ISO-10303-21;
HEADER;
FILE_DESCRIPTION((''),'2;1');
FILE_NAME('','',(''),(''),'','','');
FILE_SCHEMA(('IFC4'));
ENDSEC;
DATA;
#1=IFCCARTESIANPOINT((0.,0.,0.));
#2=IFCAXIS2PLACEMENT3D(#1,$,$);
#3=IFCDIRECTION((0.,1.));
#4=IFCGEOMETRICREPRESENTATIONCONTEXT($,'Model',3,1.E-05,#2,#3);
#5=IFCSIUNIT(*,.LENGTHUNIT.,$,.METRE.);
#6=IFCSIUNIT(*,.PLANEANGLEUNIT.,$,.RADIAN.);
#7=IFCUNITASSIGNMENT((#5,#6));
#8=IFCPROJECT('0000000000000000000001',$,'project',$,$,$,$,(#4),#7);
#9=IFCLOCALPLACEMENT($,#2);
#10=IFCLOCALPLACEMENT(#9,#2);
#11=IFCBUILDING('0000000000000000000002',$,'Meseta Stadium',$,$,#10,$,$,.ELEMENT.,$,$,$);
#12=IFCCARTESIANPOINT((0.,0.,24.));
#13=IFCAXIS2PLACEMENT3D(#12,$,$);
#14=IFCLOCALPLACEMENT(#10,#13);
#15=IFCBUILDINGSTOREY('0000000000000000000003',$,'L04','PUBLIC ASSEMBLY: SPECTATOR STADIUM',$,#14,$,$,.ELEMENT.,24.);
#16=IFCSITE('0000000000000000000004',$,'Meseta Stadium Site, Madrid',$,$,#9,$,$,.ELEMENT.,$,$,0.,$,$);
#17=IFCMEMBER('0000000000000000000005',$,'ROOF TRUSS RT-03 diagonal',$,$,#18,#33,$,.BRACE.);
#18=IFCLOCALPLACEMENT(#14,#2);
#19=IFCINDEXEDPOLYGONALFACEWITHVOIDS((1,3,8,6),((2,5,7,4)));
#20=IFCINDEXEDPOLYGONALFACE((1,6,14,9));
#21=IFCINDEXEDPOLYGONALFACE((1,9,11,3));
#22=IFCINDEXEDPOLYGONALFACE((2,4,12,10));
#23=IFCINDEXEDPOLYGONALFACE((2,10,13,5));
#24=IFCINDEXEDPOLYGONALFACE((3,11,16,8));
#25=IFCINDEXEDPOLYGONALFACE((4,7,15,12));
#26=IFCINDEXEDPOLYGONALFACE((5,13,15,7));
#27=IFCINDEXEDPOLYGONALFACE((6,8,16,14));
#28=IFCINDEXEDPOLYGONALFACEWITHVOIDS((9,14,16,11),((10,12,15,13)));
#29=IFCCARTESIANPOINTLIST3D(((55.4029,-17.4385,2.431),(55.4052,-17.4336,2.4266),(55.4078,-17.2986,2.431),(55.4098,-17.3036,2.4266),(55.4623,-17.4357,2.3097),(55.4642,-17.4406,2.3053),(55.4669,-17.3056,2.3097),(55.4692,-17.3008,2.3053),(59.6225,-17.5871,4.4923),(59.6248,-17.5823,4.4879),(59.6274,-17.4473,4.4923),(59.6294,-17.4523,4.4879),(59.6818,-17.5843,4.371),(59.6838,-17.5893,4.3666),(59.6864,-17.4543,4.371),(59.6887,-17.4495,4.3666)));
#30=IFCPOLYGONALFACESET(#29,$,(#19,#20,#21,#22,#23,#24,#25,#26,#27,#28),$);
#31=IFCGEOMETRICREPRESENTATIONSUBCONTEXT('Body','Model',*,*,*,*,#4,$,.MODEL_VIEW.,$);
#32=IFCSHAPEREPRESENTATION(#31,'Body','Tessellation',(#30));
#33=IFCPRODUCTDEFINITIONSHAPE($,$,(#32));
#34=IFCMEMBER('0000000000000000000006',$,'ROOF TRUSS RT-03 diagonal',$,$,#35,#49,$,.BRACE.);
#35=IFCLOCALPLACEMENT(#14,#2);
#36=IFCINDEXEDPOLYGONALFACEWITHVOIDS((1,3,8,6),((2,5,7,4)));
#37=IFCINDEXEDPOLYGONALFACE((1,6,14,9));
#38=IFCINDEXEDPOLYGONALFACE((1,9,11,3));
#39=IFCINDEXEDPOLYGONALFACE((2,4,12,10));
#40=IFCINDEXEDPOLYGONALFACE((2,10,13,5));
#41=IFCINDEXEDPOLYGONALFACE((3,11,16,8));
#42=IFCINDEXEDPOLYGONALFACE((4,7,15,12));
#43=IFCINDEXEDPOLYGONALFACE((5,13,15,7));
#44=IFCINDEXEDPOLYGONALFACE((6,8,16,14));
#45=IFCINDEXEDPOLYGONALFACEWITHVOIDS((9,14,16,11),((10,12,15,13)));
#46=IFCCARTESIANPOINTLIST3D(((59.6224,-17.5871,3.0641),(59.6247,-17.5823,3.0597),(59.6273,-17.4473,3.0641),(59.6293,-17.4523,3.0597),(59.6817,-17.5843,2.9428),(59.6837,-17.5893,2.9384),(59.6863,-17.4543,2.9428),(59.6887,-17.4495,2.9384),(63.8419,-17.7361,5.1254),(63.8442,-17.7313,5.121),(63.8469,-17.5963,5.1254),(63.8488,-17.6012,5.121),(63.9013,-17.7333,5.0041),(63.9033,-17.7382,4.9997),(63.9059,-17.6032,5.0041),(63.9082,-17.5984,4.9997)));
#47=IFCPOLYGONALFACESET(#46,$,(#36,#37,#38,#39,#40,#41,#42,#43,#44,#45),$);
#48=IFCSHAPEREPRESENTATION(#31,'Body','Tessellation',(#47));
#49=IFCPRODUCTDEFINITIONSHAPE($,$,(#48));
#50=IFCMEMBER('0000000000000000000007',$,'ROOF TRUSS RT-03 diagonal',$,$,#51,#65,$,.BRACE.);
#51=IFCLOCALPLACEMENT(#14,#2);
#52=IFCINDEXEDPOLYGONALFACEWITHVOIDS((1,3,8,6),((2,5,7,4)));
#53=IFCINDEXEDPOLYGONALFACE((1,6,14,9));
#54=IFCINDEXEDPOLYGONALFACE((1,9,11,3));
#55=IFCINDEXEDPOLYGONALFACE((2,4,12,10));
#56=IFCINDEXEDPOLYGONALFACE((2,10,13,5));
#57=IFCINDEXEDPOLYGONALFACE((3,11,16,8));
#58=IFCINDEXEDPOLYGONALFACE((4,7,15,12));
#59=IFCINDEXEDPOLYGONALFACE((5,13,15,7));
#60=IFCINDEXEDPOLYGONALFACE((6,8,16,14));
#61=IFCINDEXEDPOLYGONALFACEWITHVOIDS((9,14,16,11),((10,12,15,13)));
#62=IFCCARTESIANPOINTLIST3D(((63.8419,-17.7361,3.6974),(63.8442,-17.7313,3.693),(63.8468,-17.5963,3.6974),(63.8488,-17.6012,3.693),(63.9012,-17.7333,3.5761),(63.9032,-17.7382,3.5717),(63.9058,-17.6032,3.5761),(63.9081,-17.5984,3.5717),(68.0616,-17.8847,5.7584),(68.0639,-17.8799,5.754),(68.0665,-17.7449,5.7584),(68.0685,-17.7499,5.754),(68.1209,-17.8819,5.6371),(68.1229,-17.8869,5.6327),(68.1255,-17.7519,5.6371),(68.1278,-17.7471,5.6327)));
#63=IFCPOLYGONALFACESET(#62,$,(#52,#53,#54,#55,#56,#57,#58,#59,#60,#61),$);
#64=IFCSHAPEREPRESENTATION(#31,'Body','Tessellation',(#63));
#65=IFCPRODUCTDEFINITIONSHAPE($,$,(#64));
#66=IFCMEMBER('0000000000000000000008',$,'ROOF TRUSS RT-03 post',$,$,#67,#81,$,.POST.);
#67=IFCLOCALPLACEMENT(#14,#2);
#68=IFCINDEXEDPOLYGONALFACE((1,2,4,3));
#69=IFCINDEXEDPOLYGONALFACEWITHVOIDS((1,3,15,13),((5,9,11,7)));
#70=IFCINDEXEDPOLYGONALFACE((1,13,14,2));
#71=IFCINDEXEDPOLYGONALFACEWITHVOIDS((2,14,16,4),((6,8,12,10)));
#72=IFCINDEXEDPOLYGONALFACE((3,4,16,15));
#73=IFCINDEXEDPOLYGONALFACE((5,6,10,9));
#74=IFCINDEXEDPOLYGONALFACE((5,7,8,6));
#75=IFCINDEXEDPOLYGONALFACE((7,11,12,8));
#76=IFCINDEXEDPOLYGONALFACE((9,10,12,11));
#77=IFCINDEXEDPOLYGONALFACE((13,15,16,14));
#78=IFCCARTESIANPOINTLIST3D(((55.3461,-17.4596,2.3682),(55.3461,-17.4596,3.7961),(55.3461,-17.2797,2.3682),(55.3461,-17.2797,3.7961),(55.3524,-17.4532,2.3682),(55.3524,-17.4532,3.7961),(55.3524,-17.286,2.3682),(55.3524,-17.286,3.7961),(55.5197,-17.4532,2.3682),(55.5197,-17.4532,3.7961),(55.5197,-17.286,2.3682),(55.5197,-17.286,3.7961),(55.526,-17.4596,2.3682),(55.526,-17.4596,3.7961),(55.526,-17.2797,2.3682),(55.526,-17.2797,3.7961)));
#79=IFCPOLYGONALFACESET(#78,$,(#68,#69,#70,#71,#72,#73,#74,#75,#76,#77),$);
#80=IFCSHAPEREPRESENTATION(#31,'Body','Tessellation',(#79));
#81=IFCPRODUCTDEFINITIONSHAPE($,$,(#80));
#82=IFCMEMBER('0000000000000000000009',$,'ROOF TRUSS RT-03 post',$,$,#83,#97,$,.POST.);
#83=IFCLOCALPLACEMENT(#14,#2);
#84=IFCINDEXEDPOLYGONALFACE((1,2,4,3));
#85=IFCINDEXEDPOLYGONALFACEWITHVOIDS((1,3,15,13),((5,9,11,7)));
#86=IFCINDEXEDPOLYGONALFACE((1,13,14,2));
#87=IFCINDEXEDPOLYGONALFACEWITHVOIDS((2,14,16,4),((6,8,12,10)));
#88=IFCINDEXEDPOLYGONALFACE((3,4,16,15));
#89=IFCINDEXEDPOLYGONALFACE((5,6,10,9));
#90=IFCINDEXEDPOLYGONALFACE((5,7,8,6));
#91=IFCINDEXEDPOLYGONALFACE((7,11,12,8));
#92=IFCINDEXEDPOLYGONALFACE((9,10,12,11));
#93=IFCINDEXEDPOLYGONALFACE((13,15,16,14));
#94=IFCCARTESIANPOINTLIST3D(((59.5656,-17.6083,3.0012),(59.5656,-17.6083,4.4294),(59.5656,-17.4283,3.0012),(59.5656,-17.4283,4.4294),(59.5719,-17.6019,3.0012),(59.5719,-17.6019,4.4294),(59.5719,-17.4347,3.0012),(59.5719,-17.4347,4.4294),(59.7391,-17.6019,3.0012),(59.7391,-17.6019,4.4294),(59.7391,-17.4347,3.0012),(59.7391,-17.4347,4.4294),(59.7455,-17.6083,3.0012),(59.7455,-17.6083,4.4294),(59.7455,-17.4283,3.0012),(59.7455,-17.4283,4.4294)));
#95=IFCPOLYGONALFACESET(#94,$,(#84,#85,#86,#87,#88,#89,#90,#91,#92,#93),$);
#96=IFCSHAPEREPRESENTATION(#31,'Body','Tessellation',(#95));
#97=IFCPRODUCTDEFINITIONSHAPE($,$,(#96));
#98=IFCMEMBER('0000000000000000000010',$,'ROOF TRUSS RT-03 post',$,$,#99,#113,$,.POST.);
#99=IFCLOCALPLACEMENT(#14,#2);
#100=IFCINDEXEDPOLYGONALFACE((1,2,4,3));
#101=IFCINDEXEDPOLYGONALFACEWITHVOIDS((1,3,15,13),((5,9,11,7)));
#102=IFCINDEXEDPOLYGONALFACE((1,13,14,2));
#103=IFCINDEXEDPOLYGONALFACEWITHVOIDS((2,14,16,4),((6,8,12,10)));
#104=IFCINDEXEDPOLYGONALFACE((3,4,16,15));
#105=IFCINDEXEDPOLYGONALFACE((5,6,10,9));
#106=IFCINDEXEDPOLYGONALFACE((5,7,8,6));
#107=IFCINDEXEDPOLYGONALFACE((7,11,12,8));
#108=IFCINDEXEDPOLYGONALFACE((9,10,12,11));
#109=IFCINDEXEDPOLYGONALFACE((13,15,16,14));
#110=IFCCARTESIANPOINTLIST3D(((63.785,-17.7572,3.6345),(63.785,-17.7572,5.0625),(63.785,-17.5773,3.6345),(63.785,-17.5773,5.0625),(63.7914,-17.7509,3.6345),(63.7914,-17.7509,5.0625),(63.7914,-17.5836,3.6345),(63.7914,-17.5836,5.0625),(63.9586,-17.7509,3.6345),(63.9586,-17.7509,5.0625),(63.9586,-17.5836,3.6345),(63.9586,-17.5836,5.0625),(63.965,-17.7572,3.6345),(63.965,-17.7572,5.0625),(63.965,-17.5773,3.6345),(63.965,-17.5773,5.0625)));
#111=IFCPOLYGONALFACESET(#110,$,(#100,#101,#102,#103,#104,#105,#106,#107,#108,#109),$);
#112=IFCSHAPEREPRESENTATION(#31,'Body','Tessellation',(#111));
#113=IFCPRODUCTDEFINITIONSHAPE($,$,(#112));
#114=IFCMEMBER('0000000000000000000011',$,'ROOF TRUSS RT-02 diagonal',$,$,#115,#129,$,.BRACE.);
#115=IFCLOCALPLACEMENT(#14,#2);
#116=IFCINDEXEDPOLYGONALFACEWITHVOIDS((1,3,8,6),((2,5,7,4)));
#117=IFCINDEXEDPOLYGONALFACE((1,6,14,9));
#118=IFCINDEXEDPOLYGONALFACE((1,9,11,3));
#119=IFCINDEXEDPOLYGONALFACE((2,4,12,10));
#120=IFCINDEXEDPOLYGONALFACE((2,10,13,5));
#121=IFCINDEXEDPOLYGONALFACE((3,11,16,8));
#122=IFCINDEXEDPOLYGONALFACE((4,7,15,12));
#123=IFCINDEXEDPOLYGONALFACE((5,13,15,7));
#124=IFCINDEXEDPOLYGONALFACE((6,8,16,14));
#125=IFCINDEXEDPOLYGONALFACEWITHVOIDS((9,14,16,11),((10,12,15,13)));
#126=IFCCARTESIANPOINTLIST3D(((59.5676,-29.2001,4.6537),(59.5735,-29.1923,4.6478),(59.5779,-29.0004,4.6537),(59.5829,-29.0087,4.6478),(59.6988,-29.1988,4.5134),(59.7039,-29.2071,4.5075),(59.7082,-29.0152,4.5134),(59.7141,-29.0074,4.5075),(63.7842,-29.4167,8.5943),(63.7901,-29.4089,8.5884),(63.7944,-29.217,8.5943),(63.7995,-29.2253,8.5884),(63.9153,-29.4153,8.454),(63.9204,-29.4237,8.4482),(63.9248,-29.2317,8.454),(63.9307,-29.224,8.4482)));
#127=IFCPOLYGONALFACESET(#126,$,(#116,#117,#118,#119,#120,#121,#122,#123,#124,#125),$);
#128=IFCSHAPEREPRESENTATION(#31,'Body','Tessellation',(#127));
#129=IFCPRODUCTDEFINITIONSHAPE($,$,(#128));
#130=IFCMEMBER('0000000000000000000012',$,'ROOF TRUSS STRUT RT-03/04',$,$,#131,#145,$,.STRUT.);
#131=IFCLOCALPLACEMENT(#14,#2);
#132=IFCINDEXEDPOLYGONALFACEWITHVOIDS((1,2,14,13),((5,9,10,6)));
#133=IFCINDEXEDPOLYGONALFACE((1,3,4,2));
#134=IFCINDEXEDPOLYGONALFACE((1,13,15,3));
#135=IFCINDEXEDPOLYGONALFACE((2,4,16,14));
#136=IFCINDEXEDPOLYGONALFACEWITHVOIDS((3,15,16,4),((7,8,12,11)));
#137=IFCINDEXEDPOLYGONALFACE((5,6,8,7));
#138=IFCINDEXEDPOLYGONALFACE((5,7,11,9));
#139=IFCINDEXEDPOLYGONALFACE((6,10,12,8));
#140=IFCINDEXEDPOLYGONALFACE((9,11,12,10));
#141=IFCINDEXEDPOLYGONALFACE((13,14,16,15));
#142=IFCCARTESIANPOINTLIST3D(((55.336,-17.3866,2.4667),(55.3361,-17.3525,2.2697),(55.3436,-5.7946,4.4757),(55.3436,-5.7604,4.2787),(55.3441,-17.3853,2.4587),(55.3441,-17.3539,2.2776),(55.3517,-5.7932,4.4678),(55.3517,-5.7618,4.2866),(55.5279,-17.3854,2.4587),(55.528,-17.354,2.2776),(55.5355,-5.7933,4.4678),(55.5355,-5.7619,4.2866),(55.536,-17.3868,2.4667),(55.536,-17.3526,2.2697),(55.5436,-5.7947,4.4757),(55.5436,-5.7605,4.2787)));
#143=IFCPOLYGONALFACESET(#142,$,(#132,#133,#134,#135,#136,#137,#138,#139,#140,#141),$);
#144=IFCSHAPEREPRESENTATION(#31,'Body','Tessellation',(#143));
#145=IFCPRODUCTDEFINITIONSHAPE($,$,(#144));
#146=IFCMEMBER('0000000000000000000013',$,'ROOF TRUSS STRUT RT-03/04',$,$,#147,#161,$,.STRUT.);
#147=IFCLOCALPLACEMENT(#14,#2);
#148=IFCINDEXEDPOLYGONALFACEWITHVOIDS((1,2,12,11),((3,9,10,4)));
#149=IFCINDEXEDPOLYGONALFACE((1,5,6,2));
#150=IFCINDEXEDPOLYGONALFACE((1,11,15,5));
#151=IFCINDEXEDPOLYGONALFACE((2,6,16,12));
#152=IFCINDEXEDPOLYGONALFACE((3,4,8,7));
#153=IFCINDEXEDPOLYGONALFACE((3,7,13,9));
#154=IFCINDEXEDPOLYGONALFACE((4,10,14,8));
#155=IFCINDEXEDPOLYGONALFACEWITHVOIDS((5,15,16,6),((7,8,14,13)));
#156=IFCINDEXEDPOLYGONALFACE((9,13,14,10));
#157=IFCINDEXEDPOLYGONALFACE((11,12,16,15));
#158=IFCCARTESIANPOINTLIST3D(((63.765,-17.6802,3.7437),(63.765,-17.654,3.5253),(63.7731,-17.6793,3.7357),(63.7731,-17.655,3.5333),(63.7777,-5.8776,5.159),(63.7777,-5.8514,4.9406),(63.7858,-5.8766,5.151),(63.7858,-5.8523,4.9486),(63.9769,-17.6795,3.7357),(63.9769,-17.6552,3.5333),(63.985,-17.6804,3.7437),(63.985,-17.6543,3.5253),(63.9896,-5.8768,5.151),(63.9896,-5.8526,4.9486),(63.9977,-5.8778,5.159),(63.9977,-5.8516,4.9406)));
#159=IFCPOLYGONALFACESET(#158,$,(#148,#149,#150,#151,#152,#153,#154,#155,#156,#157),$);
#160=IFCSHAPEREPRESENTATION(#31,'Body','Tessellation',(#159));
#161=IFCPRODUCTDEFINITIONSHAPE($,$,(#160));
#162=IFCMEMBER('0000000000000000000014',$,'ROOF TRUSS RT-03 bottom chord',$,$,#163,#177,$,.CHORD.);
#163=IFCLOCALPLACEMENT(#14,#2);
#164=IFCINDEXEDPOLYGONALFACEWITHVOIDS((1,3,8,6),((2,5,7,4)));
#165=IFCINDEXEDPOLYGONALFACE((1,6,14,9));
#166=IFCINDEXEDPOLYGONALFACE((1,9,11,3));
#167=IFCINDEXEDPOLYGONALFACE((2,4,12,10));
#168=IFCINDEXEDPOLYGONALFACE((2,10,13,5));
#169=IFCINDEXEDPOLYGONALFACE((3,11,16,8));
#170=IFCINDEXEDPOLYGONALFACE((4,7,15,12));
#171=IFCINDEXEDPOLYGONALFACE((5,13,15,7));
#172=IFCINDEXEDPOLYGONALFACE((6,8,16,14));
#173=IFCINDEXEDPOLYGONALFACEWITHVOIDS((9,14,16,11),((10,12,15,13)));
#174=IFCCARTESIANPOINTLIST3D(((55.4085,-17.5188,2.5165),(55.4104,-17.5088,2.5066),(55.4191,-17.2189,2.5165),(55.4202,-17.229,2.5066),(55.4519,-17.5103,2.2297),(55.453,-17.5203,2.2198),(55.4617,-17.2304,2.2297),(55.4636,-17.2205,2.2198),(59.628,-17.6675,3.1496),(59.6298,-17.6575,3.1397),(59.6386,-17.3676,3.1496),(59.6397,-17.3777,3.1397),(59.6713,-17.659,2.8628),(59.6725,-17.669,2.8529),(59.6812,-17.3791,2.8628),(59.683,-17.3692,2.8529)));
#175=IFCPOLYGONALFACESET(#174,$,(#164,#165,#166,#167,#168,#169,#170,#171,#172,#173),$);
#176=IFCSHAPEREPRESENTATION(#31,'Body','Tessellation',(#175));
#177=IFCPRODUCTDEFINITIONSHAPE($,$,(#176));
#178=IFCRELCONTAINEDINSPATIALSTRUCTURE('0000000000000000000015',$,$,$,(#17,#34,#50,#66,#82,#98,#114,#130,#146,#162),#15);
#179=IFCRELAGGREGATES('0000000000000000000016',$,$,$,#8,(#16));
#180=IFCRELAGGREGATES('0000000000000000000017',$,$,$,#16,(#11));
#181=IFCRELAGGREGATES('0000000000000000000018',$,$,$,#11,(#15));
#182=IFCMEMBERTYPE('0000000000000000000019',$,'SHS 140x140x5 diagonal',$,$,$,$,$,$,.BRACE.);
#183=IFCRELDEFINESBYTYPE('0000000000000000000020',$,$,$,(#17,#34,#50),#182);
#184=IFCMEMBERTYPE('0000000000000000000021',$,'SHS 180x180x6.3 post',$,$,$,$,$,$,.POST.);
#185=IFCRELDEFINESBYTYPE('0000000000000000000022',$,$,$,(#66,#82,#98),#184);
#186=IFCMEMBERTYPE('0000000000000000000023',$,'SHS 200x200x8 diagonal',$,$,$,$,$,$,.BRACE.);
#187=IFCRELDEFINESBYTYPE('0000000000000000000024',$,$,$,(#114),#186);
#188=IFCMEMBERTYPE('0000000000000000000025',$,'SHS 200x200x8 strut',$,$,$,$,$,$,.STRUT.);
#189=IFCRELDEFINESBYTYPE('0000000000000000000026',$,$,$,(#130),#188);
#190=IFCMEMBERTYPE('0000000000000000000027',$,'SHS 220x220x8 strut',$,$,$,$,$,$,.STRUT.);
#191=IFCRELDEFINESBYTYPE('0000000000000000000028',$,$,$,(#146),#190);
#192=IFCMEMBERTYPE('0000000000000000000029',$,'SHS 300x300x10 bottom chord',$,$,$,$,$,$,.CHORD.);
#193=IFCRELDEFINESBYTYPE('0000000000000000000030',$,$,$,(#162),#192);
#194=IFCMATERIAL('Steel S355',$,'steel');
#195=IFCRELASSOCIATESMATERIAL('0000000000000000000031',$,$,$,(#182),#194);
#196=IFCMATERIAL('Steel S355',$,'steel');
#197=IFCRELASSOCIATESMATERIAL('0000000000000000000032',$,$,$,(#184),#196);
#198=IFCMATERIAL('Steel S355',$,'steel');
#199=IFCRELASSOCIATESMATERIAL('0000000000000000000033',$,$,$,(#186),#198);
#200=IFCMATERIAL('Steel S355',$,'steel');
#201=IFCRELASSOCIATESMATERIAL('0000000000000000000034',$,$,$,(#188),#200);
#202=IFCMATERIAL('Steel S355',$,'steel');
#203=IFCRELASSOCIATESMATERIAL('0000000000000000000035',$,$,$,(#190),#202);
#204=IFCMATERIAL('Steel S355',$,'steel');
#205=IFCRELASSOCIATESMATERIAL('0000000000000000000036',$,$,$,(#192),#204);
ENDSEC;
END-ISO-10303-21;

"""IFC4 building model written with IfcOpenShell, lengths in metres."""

from ifc_helpers import new_model, si_unit, direction, frame, origin, origin_2d, place, context, subcontext, project, spatial, hollow_rectangle, extrude, material, material_profile, profile_set, type_object, element, save


model = new_model("IFC4")

# Units and contexts
model_context = context("Model", 3, precision=1e-05, world=origin(), true_north=direction((0.0, 1.0)))
body_context = subcontext(model_context, "Body", "Model", "MODEL_VIEW")
ifc_project = project(units=[si_unit("LENGTHUNIT", "METRE"), si_unit("PLANEANGLEUNIT", "RADIAN")], contexts=[model_context])

# Site, building, storey
site_placement = place(None, origin())
site = spatial("IfcSite", under=ifc_project, at=site_placement, Name="Meseta Stadium Site, Madrid", CompositionType="ELEMENT", RefElevation=0.0)
building_placement = place(site_placement, origin())
building = spatial("IfcBuilding", under=site, at=building_placement, Name="Meseta Stadium", CompositionType="ELEMENT")
storey_placement = place(building_placement, frame((0.0, 0.0, 24.0)))
storey = spatial("IfcBuildingStorey", under=building, at=storey_placement, Name="L04", Description="PUBLIC ASSEMBLY: SPECTATOR STADIUM", CompositionType="ELEMENT", Elevation=24.0)

# Members
ifc_material_1 = material(Name="Steel S355", Category="steel")
ifc_material_profile_1 = material_profile(ifc_material_1, hollow_rectangle(XDim=0.1399, YDim=0.1399, WallThickness=0.0049, at=origin_2d()), Name="SHS 140x140x5")
ifc_profile_set_1 = profile_set([ifc_material_profile_1], Name="Steel S355")
member_type_1 = type_object("IfcMemberType", Name="SHS 140x140x5 diagonal", PredefinedType="BRACE", material=ifc_profile_set_1)
for number, where, z_axis, x_axis, name in (
    (1, (55.436, -17.3696, 2.3682), (0.898067, -0.031645, 0.438719), (0.035215, 0.99938, 0.0), "ROOF TRUSS RT-03 diagonal"),
    (2, (59.6555, -17.5183, 3.0012), (0.898065, -0.031697, 0.438718), (0.035273, 0.999378, 0.0), "ROOF TRUSS RT-03 diagonal"),
    (3, (63.875, -17.6672, 3.6345), (0.898097, -0.031644, 0.438657), (0.035213, 0.99938, 0.0), "ROOF TRUSS RT-03 diagonal"),
):
    element("IfcMember", number, at=place(storey_placement, frame(where, z_axis=z_axis, x_axis=x_axis)), inside=storey, type_object=member_type_1, Name=name, PredefinedType="BRACE", context=body_context, shape_type="SweptSolid", body=[
        extrude(hollow_rectangle(XDim=0.1399, YDim=0.1399, WallThickness=0.0049, at=origin_2d()), origin(), (0.0, 0.0, 1.0), 4.6985),
    ])
ifc_material_2 = material(Name="Steel S355", Category="steel")
ifc_material_profile_2 = material_profile(ifc_material_2, hollow_rectangle(XDim=0.1799, YDim=0.1799, WallThickness=0.0063, at=origin_2d()), Name="SHS 180x180x6.3")
ifc_profile_set_2 = profile_set([ifc_material_profile_2], Name="Steel S355")
member_type_2 = type_object("IfcMemberType", Name="SHS 180x180x6.3 post", PredefinedType="POST", material=ifc_profile_set_2)
member_1_placement = place(storey_placement, frame((55.436, -17.3696, 2.3682), z_axis=(0.0, 0.0, 1.0), x_axis=(1.0, 0.0, 0.0)))
element("IfcMember", 4, at=member_1_placement, inside=storey, type_object=member_type_2, Name="ROOF TRUSS RT-03 post", PredefinedType="POST", context=body_context, shape_type="SweptSolid", body=[
    extrude(hollow_rectangle(XDim=0.1799, YDim=0.1799, WallThickness=0.0063, at=origin_2d()), origin(), (0.0, 0.0, 1.0), 1.428),
])
member_2_placement = place(storey_placement, frame((59.6555, -17.5183, 3.0012), z_axis=(0.0, 0.0, 1.0), x_axis=(1.0, 0.0, 0.0)))
element("IfcMember", 5, at=member_2_placement, inside=storey, type_object=member_type_2, Name="ROOF TRUSS RT-03 post", PredefinedType="POST", context=body_context, shape_type="SweptSolid", body=[
    extrude(hollow_rectangle(XDim=0.1799, YDim=0.1799, WallThickness=0.0063, at=origin_2d()), origin(), (0.0, 0.0, 1.0), 1.4282),
])
member_3_placement = place(storey_placement, frame((63.875, -17.6672, 3.6345), z_axis=(0.0, 0.0, 1.0), x_axis=(1.0, 0.0, 0.0)))
element("IfcMember", 6, at=member_3_placement, inside=storey, type_object=member_type_2, Name="ROOF TRUSS RT-03 post", PredefinedType="POST", context=body_context, shape_type="SweptSolid", body=[
    extrude(hollow_rectangle(XDim=0.1799, YDim=0.1799, WallThickness=0.0063, at=origin_2d()), origin(), (0.0, 0.0, 1.0), 1.428),
])
ifc_material_3 = material(Name="Steel S355", Category="steel")
ifc_material_profile_3 = material_profile(ifc_material_3, hollow_rectangle(XDim=0.2, YDim=0.2, WallThickness=0.0081, at=origin_2d()), Name="SHS 200x200x8")
ifc_profile_set_3 = profile_set([ifc_material_profile_3], Name="Steel S355")
member_type_3 = type_object("IfcMemberType", Name="SHS 200x200x8 diagonal", PredefinedType="BRACE", material=ifc_profile_set_3)
member_4_placement = place(storey_placement, frame((59.6409, -29.1038, 4.5806), z_axis=(0.73009, -0.037496, 0.682322), x_axis=(0.05129, 0.998684, 0.0)))
element("IfcMember", 7, at=member_4_placement, inside=storey, type_object=member_type_3, Name="ROOF TRUSS RT-02 diagonal", PredefinedType="BRACE", context=body_context, shape_type="SweptSolid", body=[
    extrude(hollow_rectangle(XDim=0.2, YDim=0.2, WallThickness=0.0081, at=origin_2d()), origin(), (0.0, 0.0, 1.0), 5.7754),
])
ifc_material_4 = material(Name="Steel S355", Category="steel")
ifc_material_profile_4 = material_profile(ifc_material_4, hollow_rectangle(XDim=0.2, YDim=0.2, WallThickness=0.0081, at=origin_2d()), Name="SHS 200x200x8")
ifc_profile_set_4 = profile_set([ifc_material_profile_4], Name="Steel S355")
member_type_4 = type_object("IfcMemberType", Name="SHS 200x200x8 strut", PredefinedType="STRUT", material=ifc_profile_set_4)
member_5_placement = place(storey_placement, frame((55.436, -17.3696, 2.3682), z_axis=(0.000643, 0.985311, 0.170766), x_axis=(-1.0, 0.000653, 0.0)))
element("IfcMember", 8, at=member_5_placement, inside=storey, type_object=member_type_4, Name="ROOF TRUSS STRUT RT-03/04", PredefinedType="STRUT", context=body_context, shape_type="SweptSolid", body=[
    extrude(hollow_rectangle(XDim=0.2, YDim=0.2, WallThickness=0.0081, at=origin_2d()), origin(), (0.0, 0.0, 1.0), 11.7649),
])
ifc_material_5 = material(Name="Steel S355", Category="steel")
ifc_material_profile_5 = material_profile(ifc_material_5, hollow_rectangle(XDim=0.22, YDim=0.22, WallThickness=0.0081, at=origin_2d()), Name="SHS 220x220x8")
ifc_profile_set_5 = profile_set([ifc_material_profile_5], Name="Steel S355")
member_type_5 = type_object("IfcMemberType", Name="SHS 220x220x8 strut", PredefinedType="STRUT", material=ifc_profile_set_5)
member_6_placement = place(storey_placement, frame((63.875, -17.6672, 3.6345), z_axis=(0.001068, 0.992887, 0.119058), x_axis=(-0.999999, 0.001076, 0.0)))
element("IfcMember", 9, at=member_6_placement, inside=storey, type_object=member_type_5, Name="ROOF TRUSS STRUT RT-03/04", PredefinedType="STRUT", context=body_context, shape_type="SweptSolid", body=[
    extrude(hollow_rectangle(XDim=0.22, YDim=0.22, WallThickness=0.0081, at=origin_2d()), origin(), (0.0, 0.0, 1.0), 11.8872),
])
ifc_material_6 = material(Name="Steel S355", Category="steel")
ifc_material_profile_6 = material_profile(ifc_material_6, hollow_rectangle(XDim=0.3, YDim=0.3, WallThickness=0.01, at=origin_2d()), Name="SHS 300x300x10")
ifc_profile_set_6 = profile_set([ifc_material_profile_6], Name="Steel S355")
member_type_6 = type_object("IfcMemberType", Name="SHS 300x300x10 bottom chord", PredefinedType="CHORD", material=ifc_profile_set_6)
for number, where, z_axis, x_axis, name in (
    (10, (55.436, -17.3696, 2.3682), (0.988332, -0.034826, 0.148281), (0.035215, 0.99938, 0.0), "ROOF TRUSS RT-03 bottom chord"),
):
    element("IfcMember", number, at=place(storey_placement, frame(where, z_axis=z_axis, x_axis=x_axis)), inside=storey, type_object=member_type_6, Name=name, PredefinedType="CHORD", context=body_context, shape_type="SweptSolid", body=[
        extrude(hollow_rectangle(XDim=0.3, YDim=0.3, WallThickness=0.01, at=origin_2d()), origin(), (0.0, 0.0, 1.0), 4.2693),
    ])

save(model, "model.ifc")
